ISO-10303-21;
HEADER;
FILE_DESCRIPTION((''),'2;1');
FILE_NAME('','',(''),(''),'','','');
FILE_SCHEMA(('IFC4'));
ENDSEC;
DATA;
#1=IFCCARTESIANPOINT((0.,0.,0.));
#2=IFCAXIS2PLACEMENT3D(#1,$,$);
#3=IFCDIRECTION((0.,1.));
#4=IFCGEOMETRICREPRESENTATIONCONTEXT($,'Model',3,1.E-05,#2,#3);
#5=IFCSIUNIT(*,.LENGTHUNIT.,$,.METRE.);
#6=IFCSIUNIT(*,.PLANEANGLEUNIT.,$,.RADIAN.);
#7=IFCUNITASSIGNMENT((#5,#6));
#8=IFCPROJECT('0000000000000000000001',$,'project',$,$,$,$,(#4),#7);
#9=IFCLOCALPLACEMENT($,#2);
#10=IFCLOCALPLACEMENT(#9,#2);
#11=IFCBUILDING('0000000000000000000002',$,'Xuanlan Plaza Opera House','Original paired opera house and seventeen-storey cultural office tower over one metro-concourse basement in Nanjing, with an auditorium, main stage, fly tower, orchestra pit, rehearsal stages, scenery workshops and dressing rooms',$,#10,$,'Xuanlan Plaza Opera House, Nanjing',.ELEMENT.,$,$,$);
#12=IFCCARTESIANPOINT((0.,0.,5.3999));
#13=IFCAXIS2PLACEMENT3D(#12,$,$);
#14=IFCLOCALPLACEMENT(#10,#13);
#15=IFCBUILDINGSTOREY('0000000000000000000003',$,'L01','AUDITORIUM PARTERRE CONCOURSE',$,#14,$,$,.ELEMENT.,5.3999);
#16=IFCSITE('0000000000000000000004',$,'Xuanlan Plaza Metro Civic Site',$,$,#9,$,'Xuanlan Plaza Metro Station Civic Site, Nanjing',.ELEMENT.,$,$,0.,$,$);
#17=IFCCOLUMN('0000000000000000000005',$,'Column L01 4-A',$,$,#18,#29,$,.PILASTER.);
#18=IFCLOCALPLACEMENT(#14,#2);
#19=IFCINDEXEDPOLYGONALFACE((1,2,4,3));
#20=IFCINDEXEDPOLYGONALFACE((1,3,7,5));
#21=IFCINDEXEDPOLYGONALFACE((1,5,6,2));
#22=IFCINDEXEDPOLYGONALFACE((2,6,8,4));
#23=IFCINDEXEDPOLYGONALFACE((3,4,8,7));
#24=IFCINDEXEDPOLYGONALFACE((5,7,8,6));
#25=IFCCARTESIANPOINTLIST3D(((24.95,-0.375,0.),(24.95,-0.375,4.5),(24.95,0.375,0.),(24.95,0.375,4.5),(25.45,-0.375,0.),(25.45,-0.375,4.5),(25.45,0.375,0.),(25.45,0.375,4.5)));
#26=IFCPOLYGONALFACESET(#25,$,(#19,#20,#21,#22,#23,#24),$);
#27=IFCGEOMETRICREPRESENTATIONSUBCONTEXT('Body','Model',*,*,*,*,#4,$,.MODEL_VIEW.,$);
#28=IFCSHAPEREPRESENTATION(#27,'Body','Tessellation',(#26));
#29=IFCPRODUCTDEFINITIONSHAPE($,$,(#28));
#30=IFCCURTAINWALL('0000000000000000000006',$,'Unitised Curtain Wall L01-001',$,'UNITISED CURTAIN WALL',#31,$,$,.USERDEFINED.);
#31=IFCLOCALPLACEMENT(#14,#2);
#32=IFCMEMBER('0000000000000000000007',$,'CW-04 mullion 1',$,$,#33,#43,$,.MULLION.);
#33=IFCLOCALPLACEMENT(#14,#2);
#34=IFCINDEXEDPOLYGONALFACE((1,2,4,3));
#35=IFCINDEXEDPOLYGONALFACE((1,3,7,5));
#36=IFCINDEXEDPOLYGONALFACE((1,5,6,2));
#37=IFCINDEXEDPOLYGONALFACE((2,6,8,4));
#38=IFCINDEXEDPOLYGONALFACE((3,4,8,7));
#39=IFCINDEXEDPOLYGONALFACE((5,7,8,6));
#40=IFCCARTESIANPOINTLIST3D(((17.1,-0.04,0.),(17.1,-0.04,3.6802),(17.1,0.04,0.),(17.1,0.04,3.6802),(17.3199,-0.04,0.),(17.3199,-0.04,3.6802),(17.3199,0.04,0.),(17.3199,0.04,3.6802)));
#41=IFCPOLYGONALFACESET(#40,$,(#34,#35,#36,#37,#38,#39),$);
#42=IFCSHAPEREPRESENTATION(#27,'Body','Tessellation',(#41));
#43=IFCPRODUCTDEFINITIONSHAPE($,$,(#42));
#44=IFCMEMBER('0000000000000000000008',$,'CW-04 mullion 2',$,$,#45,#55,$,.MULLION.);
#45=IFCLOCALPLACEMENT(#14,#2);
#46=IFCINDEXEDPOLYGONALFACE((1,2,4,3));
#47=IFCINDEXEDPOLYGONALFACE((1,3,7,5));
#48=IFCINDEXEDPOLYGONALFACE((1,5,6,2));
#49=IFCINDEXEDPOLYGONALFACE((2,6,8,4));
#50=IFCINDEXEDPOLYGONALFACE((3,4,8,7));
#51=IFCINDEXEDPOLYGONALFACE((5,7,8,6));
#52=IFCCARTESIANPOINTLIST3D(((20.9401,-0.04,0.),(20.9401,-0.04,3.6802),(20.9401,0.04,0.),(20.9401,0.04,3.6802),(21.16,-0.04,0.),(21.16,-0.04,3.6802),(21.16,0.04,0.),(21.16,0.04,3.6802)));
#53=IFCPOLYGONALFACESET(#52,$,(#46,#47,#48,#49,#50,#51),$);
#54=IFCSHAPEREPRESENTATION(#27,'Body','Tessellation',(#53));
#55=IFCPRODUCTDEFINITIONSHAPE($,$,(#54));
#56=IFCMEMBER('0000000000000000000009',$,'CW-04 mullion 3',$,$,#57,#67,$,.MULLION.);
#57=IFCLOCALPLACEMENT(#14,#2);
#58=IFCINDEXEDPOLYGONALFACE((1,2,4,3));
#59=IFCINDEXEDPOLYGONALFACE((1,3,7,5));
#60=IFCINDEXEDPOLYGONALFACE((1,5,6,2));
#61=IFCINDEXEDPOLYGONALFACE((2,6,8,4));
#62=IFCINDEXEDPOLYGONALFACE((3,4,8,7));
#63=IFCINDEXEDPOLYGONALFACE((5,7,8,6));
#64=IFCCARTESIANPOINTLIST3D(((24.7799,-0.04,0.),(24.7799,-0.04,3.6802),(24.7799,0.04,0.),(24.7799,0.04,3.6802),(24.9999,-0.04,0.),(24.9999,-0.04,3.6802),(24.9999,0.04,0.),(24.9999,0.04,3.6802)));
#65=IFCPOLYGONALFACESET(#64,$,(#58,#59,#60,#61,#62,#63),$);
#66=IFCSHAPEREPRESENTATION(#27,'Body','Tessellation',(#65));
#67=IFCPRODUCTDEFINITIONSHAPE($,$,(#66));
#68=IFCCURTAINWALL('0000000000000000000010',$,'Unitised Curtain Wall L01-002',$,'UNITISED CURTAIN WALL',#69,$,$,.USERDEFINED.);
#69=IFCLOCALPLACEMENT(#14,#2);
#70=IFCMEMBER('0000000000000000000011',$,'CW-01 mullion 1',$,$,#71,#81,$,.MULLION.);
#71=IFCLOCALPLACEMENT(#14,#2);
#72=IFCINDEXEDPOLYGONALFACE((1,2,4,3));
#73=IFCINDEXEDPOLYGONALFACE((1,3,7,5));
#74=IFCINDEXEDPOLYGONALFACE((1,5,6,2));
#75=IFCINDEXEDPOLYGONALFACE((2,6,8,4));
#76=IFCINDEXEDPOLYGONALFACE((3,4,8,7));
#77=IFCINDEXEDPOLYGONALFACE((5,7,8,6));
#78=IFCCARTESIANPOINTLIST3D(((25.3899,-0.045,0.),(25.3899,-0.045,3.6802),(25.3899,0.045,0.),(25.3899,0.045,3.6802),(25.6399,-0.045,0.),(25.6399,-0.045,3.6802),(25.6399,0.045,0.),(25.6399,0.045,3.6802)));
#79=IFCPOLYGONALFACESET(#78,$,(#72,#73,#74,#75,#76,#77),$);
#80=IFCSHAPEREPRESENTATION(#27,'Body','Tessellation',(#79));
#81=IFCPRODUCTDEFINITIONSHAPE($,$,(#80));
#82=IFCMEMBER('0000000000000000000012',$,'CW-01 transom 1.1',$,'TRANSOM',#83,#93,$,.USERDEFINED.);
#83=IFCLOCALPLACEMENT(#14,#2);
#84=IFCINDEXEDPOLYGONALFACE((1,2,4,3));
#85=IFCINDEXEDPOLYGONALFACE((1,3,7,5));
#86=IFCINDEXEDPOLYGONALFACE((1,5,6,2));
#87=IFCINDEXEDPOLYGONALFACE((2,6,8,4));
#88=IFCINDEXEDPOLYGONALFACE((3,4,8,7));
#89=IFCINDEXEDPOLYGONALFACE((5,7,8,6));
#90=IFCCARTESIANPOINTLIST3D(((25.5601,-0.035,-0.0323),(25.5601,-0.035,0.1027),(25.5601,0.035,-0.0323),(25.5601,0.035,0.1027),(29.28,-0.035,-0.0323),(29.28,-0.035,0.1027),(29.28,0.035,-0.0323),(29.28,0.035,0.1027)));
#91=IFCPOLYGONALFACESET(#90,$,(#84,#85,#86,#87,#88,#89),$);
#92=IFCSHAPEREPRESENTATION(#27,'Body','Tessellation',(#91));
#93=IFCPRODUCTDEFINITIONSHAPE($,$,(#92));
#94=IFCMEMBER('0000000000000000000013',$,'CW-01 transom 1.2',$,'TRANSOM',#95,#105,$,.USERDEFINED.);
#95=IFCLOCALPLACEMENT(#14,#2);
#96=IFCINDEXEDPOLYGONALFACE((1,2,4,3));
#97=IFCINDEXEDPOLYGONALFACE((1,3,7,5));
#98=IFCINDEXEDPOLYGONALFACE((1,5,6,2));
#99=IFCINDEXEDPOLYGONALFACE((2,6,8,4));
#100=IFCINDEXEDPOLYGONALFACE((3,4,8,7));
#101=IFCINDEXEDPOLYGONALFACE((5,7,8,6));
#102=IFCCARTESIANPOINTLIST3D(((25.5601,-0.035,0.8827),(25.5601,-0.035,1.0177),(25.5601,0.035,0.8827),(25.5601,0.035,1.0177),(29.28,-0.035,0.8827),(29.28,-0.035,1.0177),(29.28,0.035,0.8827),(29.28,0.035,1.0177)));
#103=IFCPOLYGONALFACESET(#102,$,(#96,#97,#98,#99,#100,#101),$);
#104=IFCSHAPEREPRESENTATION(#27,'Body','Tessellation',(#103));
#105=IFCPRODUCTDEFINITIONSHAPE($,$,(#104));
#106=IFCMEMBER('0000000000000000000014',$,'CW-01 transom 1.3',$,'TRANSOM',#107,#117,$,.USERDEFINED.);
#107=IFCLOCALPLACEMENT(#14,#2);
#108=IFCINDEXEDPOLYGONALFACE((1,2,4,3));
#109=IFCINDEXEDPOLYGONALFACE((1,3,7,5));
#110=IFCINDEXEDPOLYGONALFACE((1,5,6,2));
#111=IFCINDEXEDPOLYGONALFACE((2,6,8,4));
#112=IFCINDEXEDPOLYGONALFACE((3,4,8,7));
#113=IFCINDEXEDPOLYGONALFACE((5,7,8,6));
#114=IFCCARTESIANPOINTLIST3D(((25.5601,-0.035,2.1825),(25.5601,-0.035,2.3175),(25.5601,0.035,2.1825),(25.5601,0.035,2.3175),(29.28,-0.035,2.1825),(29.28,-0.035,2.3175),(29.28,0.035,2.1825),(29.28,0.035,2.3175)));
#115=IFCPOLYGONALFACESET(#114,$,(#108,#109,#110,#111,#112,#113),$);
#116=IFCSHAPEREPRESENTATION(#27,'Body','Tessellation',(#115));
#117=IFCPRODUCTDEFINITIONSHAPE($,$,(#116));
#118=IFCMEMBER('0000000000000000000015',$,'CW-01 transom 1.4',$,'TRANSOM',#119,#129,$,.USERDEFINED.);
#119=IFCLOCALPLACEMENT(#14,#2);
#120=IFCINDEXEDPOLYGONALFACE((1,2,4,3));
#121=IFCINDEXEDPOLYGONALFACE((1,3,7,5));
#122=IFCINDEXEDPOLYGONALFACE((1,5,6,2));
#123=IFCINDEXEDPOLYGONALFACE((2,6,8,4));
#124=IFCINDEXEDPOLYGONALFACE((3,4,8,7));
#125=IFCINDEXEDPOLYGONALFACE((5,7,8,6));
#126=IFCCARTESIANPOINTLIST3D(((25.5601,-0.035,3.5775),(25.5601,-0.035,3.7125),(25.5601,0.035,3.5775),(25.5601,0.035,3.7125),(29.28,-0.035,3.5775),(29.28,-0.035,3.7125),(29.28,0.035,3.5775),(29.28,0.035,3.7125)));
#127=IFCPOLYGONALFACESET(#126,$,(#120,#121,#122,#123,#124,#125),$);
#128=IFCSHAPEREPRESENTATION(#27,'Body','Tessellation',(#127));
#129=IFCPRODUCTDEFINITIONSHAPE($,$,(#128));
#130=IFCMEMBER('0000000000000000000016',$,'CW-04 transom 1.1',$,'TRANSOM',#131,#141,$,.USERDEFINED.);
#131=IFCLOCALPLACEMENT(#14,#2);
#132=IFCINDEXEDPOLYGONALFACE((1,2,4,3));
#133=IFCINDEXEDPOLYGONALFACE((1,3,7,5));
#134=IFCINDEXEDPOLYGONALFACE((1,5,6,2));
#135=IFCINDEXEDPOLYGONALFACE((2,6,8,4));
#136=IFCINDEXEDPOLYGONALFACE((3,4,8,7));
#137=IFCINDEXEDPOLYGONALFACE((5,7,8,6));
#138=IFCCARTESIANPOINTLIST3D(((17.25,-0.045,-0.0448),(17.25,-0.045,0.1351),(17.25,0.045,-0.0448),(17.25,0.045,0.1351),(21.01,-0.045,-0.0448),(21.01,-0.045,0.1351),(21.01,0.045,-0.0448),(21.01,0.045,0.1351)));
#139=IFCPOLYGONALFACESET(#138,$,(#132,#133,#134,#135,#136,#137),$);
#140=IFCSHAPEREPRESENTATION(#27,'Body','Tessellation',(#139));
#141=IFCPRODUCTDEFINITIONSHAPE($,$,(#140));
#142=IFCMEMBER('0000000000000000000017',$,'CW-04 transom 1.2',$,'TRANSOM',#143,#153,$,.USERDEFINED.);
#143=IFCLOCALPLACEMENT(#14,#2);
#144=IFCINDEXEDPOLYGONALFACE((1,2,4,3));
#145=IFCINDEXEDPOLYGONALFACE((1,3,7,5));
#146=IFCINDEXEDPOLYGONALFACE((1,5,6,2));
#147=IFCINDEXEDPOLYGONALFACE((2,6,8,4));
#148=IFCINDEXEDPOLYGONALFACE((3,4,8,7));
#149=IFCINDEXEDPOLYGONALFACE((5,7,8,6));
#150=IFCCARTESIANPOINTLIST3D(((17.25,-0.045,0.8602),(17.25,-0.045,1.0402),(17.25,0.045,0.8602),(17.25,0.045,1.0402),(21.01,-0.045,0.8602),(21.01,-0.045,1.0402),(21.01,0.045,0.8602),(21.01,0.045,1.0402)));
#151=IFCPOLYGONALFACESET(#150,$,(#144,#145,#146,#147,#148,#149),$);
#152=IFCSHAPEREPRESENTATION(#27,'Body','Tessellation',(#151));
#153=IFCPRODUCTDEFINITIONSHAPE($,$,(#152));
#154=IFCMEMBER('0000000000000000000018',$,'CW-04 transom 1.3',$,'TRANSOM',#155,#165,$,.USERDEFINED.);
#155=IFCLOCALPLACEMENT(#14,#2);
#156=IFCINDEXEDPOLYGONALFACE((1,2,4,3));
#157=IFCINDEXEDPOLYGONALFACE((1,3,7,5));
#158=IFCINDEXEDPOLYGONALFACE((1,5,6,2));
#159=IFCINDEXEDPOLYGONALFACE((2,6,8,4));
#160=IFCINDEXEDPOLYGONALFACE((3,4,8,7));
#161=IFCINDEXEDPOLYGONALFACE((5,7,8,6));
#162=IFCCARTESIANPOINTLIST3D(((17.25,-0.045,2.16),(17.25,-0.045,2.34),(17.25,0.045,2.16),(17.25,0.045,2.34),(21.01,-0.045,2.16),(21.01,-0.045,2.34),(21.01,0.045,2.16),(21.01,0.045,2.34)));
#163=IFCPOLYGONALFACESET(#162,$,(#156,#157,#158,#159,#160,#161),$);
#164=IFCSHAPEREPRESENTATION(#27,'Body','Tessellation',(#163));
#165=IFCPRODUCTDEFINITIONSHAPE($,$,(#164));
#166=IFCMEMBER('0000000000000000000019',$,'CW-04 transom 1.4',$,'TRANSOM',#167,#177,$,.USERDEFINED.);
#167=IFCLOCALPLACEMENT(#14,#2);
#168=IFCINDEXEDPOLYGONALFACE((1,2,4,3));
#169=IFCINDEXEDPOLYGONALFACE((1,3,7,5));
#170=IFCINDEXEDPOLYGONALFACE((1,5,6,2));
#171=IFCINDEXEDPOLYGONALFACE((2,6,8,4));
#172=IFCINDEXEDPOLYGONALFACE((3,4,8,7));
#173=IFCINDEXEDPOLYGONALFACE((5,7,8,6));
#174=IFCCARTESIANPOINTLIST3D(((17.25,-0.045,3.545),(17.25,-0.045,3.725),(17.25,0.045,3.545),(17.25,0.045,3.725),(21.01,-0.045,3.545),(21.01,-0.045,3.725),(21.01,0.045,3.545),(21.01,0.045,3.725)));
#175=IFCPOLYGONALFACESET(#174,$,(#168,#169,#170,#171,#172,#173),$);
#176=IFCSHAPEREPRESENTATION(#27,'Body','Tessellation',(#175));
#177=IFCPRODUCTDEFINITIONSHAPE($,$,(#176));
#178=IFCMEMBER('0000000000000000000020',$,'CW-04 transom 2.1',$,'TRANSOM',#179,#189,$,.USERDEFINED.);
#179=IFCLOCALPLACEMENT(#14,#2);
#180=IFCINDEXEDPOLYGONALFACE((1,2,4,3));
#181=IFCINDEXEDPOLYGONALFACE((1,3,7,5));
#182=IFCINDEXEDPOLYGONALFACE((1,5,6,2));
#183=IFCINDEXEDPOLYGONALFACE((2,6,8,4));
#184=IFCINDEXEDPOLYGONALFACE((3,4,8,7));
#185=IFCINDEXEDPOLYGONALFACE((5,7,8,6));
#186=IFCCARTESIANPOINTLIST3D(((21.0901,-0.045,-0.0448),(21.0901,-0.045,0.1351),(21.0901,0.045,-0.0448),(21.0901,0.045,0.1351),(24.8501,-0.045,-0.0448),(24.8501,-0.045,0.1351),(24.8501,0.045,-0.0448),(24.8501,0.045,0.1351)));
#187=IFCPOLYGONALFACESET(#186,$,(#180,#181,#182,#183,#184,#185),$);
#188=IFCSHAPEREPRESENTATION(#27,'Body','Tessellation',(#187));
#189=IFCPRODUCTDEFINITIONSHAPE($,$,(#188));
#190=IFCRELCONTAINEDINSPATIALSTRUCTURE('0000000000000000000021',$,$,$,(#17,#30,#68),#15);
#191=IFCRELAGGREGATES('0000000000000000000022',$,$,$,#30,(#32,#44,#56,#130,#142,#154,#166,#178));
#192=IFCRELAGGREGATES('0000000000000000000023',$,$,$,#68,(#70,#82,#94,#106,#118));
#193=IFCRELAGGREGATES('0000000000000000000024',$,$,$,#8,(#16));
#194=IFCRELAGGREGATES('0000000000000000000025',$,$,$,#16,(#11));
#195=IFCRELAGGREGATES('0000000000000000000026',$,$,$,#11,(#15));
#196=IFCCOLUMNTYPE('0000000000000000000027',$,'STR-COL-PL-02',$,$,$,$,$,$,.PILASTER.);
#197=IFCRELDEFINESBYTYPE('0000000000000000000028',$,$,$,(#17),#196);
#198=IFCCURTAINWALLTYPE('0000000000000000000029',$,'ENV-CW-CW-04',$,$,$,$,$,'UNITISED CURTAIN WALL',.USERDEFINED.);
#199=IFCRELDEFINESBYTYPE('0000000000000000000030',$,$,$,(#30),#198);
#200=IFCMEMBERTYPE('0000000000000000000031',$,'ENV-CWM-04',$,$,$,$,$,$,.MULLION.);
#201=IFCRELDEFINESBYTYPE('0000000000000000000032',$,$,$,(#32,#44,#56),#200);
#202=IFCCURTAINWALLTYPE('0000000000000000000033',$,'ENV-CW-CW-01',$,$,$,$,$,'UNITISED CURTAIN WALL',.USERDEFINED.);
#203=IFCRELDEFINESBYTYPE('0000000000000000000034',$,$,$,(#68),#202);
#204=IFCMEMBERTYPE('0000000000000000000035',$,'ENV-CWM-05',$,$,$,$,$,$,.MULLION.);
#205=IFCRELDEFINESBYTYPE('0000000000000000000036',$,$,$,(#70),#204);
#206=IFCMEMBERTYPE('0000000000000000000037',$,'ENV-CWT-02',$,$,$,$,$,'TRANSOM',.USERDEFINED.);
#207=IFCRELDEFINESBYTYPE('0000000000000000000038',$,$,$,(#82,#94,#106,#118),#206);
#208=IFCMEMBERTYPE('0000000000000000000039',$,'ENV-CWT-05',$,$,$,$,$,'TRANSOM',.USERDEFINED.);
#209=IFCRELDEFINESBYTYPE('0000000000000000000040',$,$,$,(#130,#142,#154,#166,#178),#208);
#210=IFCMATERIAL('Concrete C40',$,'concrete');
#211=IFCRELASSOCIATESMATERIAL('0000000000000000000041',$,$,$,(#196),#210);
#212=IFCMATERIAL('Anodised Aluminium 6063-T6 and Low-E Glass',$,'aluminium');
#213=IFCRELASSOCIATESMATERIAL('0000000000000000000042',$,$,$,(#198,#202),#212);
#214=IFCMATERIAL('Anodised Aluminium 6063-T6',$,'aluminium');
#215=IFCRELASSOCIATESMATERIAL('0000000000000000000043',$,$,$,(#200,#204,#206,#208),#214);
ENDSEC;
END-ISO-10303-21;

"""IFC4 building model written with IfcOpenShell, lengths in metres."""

from ifc_helpers import new_model, si_unit, direction, frame, origin, origin_2d, place, context, subcontext, project, spatial, rectangle, extrude, material, material_profile, profile_set, type_object, element, aggregate, save


model = new_model("IFC4")

# Units and contexts
model_context = context("Model", 3, precision=1e-05, world=origin(), true_north=direction((0.0, 1.0)))
body_context = subcontext(model_context, "Body", "Model", "MODEL_VIEW")
ifc_project = project(units=[si_unit("LENGTHUNIT", "METRE"), si_unit("PLANEANGLEUNIT", "RADIAN")], contexts=[model_context])

# Site, building, storey
site_placement = place(None, origin())
site = spatial("IfcSite", under=ifc_project, at=site_placement, Name="Xuanlan Plaza Metro Civic Site", LongName="Xuanlan Plaza Metro Station Civic Site, Nanjing", CompositionType="ELEMENT", RefElevation=0.0)
building_placement = place(site_placement, origin())
building = spatial("IfcBuilding", under=site, at=building_placement, Name="Xuanlan Plaza Opera House", Description="Original paired opera house and seventeen-storey cultural office tower over one metro-concourse basement in Nanjing, with an auditorium, main stage, fly tower, orchestra pit, rehearsal stages, scenery workshops and dressing rooms", LongName="Xuanlan Plaza Opera House, Nanjing", CompositionType="ELEMENT")
storey_placement = place(building_placement, frame((0.0, 0.0, 5.3999)))
storey = spatial("IfcBuildingStorey", under=building, at=storey_placement, Name="L01", Description="AUDITORIUM PARTERRE CONCOURSE", CompositionType="ELEMENT", Elevation=5.3999)

# Column
ifc_material_1 = material(Name="Concrete C40", Category="concrete")
ifc_material_profile_1 = material_profile(ifc_material_1, rectangle(XDim=0.5, YDim=0.75, at=origin_2d()), Name="RC-PIL 500x750")
ifc_profile_set_1 = profile_set([ifc_material_profile_1], Name="Concrete C40")
column_type = type_object("IfcColumnType", Name="STR-COL-PL-02", PredefinedType="PILASTER", material=ifc_profile_set_1)
column_placement = place(storey_placement, frame((25.2, 0.0, 0.0), z_axis=(0.0, 0.0, 1.0), x_axis=(1.0, 0.0, 0.0)))
element("IfcColumn", 1, at=column_placement, inside=storey, type_object=column_type, Name="Column L01 4-A", PredefinedType="PILASTER", context=body_context, shape_type="SweptSolid", body=[
    extrude(rectangle(XDim=0.5, YDim=0.75, at=origin_2d()), origin(), (0.0, 0.0, 1.0), 4.5),
])

# Curtain walls, members
ifc_material_2 = material(Name="Anodised Aluminium 6063-T6 and Low-E Glass", Category="aluminium")
curtain_wall_type_1 = type_object("IfcCurtainWallType", Name="ENV-CW-CW-04", ElementType="UNITISED CURTAIN WALL", PredefinedType="USERDEFINED", material=ifc_material_2)
curtain_wall_1_placement = place(storey_placement, origin())
curtain_wall_1 = element("IfcCurtainWall", 2, at=curtain_wall_1_placement, inside=storey, type_object=curtain_wall_type_1, Name="Unitised Curtain Wall L01-001", ObjectType="UNITISED CURTAIN WALL", PredefinedType="USERDEFINED")
ifc_material_3 = material(Name="Anodised Aluminium 6063-T6", Category="aluminium")
ifc_material_profile_2 = material_profile(ifc_material_3, rectangle(XDim=0.0801, YDim=0.22, at=origin_2d()), Name="ALU-M 80x220")
ifc_profile_set_2 = profile_set([ifc_material_profile_2], Name="Anodised Aluminium 6063-T6")
member_type_1 = type_object("IfcMemberType", Name="ENV-CWM-04", PredefinedType="MULLION", material=ifc_profile_set_2)
member_1_placement = place(storey_placement, frame((17.21, 0.0, 0.0), z_axis=(0.0, 0.0, 1.0), x_axis=(0.0, 1.0, 0.0)))
member_1 = element("IfcMember", 3, at=member_1_placement, type_object=member_type_1, Name="CW-04 mullion 1", PredefinedType="MULLION", context=body_context, shape_type="SweptSolid", body=[
    extrude(rectangle(XDim=0.0801, YDim=0.22, at=origin_2d()), origin(), (0.0, 0.0, 1.0), 3.6802),
])
member_2_placement = place(storey_placement, frame((21.05, 0.0, 0.0), z_axis=(0.0, 0.0, 1.0), x_axis=(0.0, 1.0, 0.0)))
member_2 = element("IfcMember", 4, at=member_2_placement, type_object=member_type_1, Name="CW-04 mullion 2", PredefinedType="MULLION", context=body_context, shape_type="SweptSolid", body=[
    extrude(rectangle(XDim=0.0801, YDim=0.22, at=origin_2d()), origin(), (0.0, 0.0, 1.0), 3.6802),
])
member_3_placement = place(storey_placement, frame((24.8899, 0.0, 0.0), z_axis=(0.0, 0.0, 1.0), x_axis=(0.0, 1.0, 0.0)))
member_3 = element("IfcMember", 5, at=member_3_placement, type_object=member_type_1, Name="CW-04 mullion 3", PredefinedType="MULLION", context=body_context, shape_type="SweptSolid", body=[
    extrude(rectangle(XDim=0.0801, YDim=0.22, at=origin_2d()), origin(), (0.0, 0.0, 1.0), 3.6802),
])
curtain_wall_type_2 = type_object("IfcCurtainWallType", Name="ENV-CW-CW-01", ElementType="UNITISED CURTAIN WALL", PredefinedType="USERDEFINED", material=ifc_material_2)
curtain_wall_2_placement = place(storey_placement, origin())
curtain_wall_2 = element("IfcCurtainWall", 6, at=curtain_wall_2_placement, inside=storey, type_object=curtain_wall_type_2, Name="Unitised Curtain Wall L01-002", ObjectType="UNITISED CURTAIN WALL", PredefinedType="USERDEFINED")
ifc_material_profile_3 = material_profile(ifc_material_3, rectangle(XDim=0.0901, YDim=0.25, at=origin_2d()), Name="ALU-M 90x250")
ifc_profile_set_3 = profile_set([ifc_material_profile_3], Name="Anodised Aluminium 6063-T6")
member_type_2 = type_object("IfcMemberType", Name="ENV-CWM-05", PredefinedType="MULLION", material=ifc_profile_set_3)
member_4_placement = place(storey_placement, frame((25.5149, 0.0, 0.0), z_axis=(0.0, 0.0, 1.0), x_axis=(0.0, 1.0, 0.0)))
member_4 = element("IfcMember", 7, at=member_4_placement, type_object=member_type_2, Name="CW-01 mullion 1", PredefinedType="MULLION", context=body_context, shape_type="SweptSolid", body=[
    extrude(rectangle(XDim=0.0901, YDim=0.25, at=origin_2d()), origin(), (0.0, 0.0, 1.0), 3.6802),
])
ifc_material_profile_4 = material_profile(ifc_material_3, rectangle(XDim=0.0701, YDim=0.135, at=origin_2d()), Name="ALU-T 70x135")
ifc_profile_set_4 = profile_set([ifc_material_profile_4], Name="Anodised Aluminium 6063-T6")
member_type_3 = type_object("IfcMemberType", Name="ENV-CWT-02", ElementType="TRANSOM", PredefinedType="USERDEFINED", material=ifc_profile_set_4)
member_5_placement = place(storey_placement, frame((25.5601, 0.0, 0.0352), z_axis=(1.0, 0.0, 0.0), x_axis=(0.0, 1.0, 0.0)))
member_5 = element("IfcMember", 8, at=member_5_placement, type_object=member_type_3, Name="CW-01 transom 1.1", ObjectType="TRANSOM", PredefinedType="USERDEFINED", context=body_context, shape_type="SweptSolid", body=[
    extrude(rectangle(XDim=0.0701, YDim=0.135, at=origin_2d()), origin(), (0.0, 0.0, 1.0), 3.72),
])
member_6_placement = place(storey_placement, frame((25.5601, 0.0, 0.9502), z_axis=(1.0, 0.0, 0.0), x_axis=(0.0, 1.0, 0.0)))
member_6 = element("IfcMember", 9, at=member_6_placement, type_object=member_type_3, Name="CW-01 transom 1.2", ObjectType="TRANSOM", PredefinedType="USERDEFINED", context=body_context, shape_type="SweptSolid", body=[
    extrude(rectangle(XDim=0.0701, YDim=0.135, at=origin_2d()), origin(), (0.0, 0.0, 1.0), 3.72),
])
member_7_placement = place(storey_placement, frame((25.5601, 0.0, 2.25), z_axis=(1.0, 0.0, 0.0), x_axis=(0.0, 1.0, 0.0)))
member_7 = element("IfcMember", 10, at=member_7_placement, type_object=member_type_3, Name="CW-01 transom 1.3", ObjectType="TRANSOM", PredefinedType="USERDEFINED", context=body_context, shape_type="SweptSolid", body=[
    extrude(rectangle(XDim=0.0701, YDim=0.135, at=origin_2d()), origin(), (0.0, 0.0, 1.0), 3.72),
])
member_8_placement = place(storey_placement, frame((25.5601, 0.0, 3.645), z_axis=(1.0, 0.0, 0.0), x_axis=(0.0, 1.0, 0.0)))
member_8 = element("IfcMember", 11, at=member_8_placement, type_object=member_type_3, Name="CW-01 transom 1.4", ObjectType="TRANSOM", PredefinedType="USERDEFINED", context=body_context, shape_type="SweptSolid", body=[
    extrude(rectangle(XDim=0.0701, YDim=0.135, at=origin_2d()), origin(), (0.0, 0.0, 1.0), 3.72),
])

# Members
ifc_material_profile_5 = material_profile(ifc_material_3, rectangle(XDim=0.0901, YDim=0.1799, at=origin_2d()), Name="ALU-T 90x180")
ifc_profile_set_5 = profile_set([ifc_material_profile_5], Name="Anodised Aluminium 6063-T6")
member_type_4 = type_object("IfcMemberType", Name="ENV-CWT-05", ElementType="TRANSOM", PredefinedType="USERDEFINED", material=ifc_profile_set_5)
member_9_placement = place(storey_placement, frame((17.25, 0.0, 0.0452), z_axis=(1.0, 0.0, 0.0), x_axis=(0.0, 1.0, 0.0)))
member_9 = element("IfcMember", 12, at=member_9_placement, type_object=member_type_4, Name="CW-04 transom 1.1", ObjectType="TRANSOM", PredefinedType="USERDEFINED", context=body_context, shape_type="SweptSolid", body=[
    extrude(rectangle(XDim=0.0901, YDim=0.1799, at=origin_2d()), origin(), (0.0, 0.0, 1.0), 3.76),
])
member_10_placement = place(storey_placement, frame((17.25, 0.0, 0.9502), z_axis=(1.0, 0.0, 0.0), x_axis=(0.0, 1.0, 0.0)))
member_10 = element("IfcMember", 13, at=member_10_placement, type_object=member_type_4, Name="CW-04 transom 1.2", ObjectType="TRANSOM", PredefinedType="USERDEFINED", context=body_context, shape_type="SweptSolid", body=[
    extrude(rectangle(XDim=0.0901, YDim=0.1799, at=origin_2d()), origin(), (0.0, 0.0, 1.0), 3.76),
])
member_11_placement = place(storey_placement, frame((17.25, 0.0, 2.25), z_axis=(1.0, 0.0, 0.0), x_axis=(0.0, 1.0, 0.0)))
member_11 = element("IfcMember", 14, at=member_11_placement, type_object=member_type_4, Name="CW-04 transom 1.3", ObjectType="TRANSOM", PredefinedType="USERDEFINED", context=body_context, shape_type="SweptSolid", body=[
    extrude(rectangle(XDim=0.0901, YDim=0.1799, at=origin_2d()), origin(), (0.0, 0.0, 1.0), 3.76),
])
member_12_placement = place(storey_placement, frame((17.25, 0.0, 3.635), z_axis=(1.0, 0.0, 0.0), x_axis=(0.0, 1.0, 0.0)))
member_12 = element("IfcMember", 15, at=member_12_placement, type_object=member_type_4, Name="CW-04 transom 1.4", ObjectType="TRANSOM", PredefinedType="USERDEFINED", context=body_context, shape_type="SweptSolid", body=[
    extrude(rectangle(XDim=0.0901, YDim=0.1799, at=origin_2d()), origin(), (0.0, 0.0, 1.0), 3.76),
])
member_13_placement = place(storey_placement, frame((21.0901, 0.0, 0.0452), z_axis=(1.0, 0.0, 0.0), x_axis=(0.0, 1.0, 0.0)))
member_13 = element("IfcMember", 16, at=member_13_placement, type_object=member_type_4, Name="CW-04 transom 2.1", ObjectType="TRANSOM", PredefinedType="USERDEFINED", context=body_context, shape_type="SweptSolid", body=[
    extrude(rectangle(XDim=0.0901, YDim=0.1799, at=origin_2d()), origin(), (0.0, 0.0, 1.0), 3.76),
])

aggregate(curtain_wall_1, [member_1, member_2, member_3, member_9, member_10, member_11, member_12, member_13])
aggregate(curtain_wall_2, [member_4, member_5, member_6, member_7, member_8])

save(model, "model.ifc")
